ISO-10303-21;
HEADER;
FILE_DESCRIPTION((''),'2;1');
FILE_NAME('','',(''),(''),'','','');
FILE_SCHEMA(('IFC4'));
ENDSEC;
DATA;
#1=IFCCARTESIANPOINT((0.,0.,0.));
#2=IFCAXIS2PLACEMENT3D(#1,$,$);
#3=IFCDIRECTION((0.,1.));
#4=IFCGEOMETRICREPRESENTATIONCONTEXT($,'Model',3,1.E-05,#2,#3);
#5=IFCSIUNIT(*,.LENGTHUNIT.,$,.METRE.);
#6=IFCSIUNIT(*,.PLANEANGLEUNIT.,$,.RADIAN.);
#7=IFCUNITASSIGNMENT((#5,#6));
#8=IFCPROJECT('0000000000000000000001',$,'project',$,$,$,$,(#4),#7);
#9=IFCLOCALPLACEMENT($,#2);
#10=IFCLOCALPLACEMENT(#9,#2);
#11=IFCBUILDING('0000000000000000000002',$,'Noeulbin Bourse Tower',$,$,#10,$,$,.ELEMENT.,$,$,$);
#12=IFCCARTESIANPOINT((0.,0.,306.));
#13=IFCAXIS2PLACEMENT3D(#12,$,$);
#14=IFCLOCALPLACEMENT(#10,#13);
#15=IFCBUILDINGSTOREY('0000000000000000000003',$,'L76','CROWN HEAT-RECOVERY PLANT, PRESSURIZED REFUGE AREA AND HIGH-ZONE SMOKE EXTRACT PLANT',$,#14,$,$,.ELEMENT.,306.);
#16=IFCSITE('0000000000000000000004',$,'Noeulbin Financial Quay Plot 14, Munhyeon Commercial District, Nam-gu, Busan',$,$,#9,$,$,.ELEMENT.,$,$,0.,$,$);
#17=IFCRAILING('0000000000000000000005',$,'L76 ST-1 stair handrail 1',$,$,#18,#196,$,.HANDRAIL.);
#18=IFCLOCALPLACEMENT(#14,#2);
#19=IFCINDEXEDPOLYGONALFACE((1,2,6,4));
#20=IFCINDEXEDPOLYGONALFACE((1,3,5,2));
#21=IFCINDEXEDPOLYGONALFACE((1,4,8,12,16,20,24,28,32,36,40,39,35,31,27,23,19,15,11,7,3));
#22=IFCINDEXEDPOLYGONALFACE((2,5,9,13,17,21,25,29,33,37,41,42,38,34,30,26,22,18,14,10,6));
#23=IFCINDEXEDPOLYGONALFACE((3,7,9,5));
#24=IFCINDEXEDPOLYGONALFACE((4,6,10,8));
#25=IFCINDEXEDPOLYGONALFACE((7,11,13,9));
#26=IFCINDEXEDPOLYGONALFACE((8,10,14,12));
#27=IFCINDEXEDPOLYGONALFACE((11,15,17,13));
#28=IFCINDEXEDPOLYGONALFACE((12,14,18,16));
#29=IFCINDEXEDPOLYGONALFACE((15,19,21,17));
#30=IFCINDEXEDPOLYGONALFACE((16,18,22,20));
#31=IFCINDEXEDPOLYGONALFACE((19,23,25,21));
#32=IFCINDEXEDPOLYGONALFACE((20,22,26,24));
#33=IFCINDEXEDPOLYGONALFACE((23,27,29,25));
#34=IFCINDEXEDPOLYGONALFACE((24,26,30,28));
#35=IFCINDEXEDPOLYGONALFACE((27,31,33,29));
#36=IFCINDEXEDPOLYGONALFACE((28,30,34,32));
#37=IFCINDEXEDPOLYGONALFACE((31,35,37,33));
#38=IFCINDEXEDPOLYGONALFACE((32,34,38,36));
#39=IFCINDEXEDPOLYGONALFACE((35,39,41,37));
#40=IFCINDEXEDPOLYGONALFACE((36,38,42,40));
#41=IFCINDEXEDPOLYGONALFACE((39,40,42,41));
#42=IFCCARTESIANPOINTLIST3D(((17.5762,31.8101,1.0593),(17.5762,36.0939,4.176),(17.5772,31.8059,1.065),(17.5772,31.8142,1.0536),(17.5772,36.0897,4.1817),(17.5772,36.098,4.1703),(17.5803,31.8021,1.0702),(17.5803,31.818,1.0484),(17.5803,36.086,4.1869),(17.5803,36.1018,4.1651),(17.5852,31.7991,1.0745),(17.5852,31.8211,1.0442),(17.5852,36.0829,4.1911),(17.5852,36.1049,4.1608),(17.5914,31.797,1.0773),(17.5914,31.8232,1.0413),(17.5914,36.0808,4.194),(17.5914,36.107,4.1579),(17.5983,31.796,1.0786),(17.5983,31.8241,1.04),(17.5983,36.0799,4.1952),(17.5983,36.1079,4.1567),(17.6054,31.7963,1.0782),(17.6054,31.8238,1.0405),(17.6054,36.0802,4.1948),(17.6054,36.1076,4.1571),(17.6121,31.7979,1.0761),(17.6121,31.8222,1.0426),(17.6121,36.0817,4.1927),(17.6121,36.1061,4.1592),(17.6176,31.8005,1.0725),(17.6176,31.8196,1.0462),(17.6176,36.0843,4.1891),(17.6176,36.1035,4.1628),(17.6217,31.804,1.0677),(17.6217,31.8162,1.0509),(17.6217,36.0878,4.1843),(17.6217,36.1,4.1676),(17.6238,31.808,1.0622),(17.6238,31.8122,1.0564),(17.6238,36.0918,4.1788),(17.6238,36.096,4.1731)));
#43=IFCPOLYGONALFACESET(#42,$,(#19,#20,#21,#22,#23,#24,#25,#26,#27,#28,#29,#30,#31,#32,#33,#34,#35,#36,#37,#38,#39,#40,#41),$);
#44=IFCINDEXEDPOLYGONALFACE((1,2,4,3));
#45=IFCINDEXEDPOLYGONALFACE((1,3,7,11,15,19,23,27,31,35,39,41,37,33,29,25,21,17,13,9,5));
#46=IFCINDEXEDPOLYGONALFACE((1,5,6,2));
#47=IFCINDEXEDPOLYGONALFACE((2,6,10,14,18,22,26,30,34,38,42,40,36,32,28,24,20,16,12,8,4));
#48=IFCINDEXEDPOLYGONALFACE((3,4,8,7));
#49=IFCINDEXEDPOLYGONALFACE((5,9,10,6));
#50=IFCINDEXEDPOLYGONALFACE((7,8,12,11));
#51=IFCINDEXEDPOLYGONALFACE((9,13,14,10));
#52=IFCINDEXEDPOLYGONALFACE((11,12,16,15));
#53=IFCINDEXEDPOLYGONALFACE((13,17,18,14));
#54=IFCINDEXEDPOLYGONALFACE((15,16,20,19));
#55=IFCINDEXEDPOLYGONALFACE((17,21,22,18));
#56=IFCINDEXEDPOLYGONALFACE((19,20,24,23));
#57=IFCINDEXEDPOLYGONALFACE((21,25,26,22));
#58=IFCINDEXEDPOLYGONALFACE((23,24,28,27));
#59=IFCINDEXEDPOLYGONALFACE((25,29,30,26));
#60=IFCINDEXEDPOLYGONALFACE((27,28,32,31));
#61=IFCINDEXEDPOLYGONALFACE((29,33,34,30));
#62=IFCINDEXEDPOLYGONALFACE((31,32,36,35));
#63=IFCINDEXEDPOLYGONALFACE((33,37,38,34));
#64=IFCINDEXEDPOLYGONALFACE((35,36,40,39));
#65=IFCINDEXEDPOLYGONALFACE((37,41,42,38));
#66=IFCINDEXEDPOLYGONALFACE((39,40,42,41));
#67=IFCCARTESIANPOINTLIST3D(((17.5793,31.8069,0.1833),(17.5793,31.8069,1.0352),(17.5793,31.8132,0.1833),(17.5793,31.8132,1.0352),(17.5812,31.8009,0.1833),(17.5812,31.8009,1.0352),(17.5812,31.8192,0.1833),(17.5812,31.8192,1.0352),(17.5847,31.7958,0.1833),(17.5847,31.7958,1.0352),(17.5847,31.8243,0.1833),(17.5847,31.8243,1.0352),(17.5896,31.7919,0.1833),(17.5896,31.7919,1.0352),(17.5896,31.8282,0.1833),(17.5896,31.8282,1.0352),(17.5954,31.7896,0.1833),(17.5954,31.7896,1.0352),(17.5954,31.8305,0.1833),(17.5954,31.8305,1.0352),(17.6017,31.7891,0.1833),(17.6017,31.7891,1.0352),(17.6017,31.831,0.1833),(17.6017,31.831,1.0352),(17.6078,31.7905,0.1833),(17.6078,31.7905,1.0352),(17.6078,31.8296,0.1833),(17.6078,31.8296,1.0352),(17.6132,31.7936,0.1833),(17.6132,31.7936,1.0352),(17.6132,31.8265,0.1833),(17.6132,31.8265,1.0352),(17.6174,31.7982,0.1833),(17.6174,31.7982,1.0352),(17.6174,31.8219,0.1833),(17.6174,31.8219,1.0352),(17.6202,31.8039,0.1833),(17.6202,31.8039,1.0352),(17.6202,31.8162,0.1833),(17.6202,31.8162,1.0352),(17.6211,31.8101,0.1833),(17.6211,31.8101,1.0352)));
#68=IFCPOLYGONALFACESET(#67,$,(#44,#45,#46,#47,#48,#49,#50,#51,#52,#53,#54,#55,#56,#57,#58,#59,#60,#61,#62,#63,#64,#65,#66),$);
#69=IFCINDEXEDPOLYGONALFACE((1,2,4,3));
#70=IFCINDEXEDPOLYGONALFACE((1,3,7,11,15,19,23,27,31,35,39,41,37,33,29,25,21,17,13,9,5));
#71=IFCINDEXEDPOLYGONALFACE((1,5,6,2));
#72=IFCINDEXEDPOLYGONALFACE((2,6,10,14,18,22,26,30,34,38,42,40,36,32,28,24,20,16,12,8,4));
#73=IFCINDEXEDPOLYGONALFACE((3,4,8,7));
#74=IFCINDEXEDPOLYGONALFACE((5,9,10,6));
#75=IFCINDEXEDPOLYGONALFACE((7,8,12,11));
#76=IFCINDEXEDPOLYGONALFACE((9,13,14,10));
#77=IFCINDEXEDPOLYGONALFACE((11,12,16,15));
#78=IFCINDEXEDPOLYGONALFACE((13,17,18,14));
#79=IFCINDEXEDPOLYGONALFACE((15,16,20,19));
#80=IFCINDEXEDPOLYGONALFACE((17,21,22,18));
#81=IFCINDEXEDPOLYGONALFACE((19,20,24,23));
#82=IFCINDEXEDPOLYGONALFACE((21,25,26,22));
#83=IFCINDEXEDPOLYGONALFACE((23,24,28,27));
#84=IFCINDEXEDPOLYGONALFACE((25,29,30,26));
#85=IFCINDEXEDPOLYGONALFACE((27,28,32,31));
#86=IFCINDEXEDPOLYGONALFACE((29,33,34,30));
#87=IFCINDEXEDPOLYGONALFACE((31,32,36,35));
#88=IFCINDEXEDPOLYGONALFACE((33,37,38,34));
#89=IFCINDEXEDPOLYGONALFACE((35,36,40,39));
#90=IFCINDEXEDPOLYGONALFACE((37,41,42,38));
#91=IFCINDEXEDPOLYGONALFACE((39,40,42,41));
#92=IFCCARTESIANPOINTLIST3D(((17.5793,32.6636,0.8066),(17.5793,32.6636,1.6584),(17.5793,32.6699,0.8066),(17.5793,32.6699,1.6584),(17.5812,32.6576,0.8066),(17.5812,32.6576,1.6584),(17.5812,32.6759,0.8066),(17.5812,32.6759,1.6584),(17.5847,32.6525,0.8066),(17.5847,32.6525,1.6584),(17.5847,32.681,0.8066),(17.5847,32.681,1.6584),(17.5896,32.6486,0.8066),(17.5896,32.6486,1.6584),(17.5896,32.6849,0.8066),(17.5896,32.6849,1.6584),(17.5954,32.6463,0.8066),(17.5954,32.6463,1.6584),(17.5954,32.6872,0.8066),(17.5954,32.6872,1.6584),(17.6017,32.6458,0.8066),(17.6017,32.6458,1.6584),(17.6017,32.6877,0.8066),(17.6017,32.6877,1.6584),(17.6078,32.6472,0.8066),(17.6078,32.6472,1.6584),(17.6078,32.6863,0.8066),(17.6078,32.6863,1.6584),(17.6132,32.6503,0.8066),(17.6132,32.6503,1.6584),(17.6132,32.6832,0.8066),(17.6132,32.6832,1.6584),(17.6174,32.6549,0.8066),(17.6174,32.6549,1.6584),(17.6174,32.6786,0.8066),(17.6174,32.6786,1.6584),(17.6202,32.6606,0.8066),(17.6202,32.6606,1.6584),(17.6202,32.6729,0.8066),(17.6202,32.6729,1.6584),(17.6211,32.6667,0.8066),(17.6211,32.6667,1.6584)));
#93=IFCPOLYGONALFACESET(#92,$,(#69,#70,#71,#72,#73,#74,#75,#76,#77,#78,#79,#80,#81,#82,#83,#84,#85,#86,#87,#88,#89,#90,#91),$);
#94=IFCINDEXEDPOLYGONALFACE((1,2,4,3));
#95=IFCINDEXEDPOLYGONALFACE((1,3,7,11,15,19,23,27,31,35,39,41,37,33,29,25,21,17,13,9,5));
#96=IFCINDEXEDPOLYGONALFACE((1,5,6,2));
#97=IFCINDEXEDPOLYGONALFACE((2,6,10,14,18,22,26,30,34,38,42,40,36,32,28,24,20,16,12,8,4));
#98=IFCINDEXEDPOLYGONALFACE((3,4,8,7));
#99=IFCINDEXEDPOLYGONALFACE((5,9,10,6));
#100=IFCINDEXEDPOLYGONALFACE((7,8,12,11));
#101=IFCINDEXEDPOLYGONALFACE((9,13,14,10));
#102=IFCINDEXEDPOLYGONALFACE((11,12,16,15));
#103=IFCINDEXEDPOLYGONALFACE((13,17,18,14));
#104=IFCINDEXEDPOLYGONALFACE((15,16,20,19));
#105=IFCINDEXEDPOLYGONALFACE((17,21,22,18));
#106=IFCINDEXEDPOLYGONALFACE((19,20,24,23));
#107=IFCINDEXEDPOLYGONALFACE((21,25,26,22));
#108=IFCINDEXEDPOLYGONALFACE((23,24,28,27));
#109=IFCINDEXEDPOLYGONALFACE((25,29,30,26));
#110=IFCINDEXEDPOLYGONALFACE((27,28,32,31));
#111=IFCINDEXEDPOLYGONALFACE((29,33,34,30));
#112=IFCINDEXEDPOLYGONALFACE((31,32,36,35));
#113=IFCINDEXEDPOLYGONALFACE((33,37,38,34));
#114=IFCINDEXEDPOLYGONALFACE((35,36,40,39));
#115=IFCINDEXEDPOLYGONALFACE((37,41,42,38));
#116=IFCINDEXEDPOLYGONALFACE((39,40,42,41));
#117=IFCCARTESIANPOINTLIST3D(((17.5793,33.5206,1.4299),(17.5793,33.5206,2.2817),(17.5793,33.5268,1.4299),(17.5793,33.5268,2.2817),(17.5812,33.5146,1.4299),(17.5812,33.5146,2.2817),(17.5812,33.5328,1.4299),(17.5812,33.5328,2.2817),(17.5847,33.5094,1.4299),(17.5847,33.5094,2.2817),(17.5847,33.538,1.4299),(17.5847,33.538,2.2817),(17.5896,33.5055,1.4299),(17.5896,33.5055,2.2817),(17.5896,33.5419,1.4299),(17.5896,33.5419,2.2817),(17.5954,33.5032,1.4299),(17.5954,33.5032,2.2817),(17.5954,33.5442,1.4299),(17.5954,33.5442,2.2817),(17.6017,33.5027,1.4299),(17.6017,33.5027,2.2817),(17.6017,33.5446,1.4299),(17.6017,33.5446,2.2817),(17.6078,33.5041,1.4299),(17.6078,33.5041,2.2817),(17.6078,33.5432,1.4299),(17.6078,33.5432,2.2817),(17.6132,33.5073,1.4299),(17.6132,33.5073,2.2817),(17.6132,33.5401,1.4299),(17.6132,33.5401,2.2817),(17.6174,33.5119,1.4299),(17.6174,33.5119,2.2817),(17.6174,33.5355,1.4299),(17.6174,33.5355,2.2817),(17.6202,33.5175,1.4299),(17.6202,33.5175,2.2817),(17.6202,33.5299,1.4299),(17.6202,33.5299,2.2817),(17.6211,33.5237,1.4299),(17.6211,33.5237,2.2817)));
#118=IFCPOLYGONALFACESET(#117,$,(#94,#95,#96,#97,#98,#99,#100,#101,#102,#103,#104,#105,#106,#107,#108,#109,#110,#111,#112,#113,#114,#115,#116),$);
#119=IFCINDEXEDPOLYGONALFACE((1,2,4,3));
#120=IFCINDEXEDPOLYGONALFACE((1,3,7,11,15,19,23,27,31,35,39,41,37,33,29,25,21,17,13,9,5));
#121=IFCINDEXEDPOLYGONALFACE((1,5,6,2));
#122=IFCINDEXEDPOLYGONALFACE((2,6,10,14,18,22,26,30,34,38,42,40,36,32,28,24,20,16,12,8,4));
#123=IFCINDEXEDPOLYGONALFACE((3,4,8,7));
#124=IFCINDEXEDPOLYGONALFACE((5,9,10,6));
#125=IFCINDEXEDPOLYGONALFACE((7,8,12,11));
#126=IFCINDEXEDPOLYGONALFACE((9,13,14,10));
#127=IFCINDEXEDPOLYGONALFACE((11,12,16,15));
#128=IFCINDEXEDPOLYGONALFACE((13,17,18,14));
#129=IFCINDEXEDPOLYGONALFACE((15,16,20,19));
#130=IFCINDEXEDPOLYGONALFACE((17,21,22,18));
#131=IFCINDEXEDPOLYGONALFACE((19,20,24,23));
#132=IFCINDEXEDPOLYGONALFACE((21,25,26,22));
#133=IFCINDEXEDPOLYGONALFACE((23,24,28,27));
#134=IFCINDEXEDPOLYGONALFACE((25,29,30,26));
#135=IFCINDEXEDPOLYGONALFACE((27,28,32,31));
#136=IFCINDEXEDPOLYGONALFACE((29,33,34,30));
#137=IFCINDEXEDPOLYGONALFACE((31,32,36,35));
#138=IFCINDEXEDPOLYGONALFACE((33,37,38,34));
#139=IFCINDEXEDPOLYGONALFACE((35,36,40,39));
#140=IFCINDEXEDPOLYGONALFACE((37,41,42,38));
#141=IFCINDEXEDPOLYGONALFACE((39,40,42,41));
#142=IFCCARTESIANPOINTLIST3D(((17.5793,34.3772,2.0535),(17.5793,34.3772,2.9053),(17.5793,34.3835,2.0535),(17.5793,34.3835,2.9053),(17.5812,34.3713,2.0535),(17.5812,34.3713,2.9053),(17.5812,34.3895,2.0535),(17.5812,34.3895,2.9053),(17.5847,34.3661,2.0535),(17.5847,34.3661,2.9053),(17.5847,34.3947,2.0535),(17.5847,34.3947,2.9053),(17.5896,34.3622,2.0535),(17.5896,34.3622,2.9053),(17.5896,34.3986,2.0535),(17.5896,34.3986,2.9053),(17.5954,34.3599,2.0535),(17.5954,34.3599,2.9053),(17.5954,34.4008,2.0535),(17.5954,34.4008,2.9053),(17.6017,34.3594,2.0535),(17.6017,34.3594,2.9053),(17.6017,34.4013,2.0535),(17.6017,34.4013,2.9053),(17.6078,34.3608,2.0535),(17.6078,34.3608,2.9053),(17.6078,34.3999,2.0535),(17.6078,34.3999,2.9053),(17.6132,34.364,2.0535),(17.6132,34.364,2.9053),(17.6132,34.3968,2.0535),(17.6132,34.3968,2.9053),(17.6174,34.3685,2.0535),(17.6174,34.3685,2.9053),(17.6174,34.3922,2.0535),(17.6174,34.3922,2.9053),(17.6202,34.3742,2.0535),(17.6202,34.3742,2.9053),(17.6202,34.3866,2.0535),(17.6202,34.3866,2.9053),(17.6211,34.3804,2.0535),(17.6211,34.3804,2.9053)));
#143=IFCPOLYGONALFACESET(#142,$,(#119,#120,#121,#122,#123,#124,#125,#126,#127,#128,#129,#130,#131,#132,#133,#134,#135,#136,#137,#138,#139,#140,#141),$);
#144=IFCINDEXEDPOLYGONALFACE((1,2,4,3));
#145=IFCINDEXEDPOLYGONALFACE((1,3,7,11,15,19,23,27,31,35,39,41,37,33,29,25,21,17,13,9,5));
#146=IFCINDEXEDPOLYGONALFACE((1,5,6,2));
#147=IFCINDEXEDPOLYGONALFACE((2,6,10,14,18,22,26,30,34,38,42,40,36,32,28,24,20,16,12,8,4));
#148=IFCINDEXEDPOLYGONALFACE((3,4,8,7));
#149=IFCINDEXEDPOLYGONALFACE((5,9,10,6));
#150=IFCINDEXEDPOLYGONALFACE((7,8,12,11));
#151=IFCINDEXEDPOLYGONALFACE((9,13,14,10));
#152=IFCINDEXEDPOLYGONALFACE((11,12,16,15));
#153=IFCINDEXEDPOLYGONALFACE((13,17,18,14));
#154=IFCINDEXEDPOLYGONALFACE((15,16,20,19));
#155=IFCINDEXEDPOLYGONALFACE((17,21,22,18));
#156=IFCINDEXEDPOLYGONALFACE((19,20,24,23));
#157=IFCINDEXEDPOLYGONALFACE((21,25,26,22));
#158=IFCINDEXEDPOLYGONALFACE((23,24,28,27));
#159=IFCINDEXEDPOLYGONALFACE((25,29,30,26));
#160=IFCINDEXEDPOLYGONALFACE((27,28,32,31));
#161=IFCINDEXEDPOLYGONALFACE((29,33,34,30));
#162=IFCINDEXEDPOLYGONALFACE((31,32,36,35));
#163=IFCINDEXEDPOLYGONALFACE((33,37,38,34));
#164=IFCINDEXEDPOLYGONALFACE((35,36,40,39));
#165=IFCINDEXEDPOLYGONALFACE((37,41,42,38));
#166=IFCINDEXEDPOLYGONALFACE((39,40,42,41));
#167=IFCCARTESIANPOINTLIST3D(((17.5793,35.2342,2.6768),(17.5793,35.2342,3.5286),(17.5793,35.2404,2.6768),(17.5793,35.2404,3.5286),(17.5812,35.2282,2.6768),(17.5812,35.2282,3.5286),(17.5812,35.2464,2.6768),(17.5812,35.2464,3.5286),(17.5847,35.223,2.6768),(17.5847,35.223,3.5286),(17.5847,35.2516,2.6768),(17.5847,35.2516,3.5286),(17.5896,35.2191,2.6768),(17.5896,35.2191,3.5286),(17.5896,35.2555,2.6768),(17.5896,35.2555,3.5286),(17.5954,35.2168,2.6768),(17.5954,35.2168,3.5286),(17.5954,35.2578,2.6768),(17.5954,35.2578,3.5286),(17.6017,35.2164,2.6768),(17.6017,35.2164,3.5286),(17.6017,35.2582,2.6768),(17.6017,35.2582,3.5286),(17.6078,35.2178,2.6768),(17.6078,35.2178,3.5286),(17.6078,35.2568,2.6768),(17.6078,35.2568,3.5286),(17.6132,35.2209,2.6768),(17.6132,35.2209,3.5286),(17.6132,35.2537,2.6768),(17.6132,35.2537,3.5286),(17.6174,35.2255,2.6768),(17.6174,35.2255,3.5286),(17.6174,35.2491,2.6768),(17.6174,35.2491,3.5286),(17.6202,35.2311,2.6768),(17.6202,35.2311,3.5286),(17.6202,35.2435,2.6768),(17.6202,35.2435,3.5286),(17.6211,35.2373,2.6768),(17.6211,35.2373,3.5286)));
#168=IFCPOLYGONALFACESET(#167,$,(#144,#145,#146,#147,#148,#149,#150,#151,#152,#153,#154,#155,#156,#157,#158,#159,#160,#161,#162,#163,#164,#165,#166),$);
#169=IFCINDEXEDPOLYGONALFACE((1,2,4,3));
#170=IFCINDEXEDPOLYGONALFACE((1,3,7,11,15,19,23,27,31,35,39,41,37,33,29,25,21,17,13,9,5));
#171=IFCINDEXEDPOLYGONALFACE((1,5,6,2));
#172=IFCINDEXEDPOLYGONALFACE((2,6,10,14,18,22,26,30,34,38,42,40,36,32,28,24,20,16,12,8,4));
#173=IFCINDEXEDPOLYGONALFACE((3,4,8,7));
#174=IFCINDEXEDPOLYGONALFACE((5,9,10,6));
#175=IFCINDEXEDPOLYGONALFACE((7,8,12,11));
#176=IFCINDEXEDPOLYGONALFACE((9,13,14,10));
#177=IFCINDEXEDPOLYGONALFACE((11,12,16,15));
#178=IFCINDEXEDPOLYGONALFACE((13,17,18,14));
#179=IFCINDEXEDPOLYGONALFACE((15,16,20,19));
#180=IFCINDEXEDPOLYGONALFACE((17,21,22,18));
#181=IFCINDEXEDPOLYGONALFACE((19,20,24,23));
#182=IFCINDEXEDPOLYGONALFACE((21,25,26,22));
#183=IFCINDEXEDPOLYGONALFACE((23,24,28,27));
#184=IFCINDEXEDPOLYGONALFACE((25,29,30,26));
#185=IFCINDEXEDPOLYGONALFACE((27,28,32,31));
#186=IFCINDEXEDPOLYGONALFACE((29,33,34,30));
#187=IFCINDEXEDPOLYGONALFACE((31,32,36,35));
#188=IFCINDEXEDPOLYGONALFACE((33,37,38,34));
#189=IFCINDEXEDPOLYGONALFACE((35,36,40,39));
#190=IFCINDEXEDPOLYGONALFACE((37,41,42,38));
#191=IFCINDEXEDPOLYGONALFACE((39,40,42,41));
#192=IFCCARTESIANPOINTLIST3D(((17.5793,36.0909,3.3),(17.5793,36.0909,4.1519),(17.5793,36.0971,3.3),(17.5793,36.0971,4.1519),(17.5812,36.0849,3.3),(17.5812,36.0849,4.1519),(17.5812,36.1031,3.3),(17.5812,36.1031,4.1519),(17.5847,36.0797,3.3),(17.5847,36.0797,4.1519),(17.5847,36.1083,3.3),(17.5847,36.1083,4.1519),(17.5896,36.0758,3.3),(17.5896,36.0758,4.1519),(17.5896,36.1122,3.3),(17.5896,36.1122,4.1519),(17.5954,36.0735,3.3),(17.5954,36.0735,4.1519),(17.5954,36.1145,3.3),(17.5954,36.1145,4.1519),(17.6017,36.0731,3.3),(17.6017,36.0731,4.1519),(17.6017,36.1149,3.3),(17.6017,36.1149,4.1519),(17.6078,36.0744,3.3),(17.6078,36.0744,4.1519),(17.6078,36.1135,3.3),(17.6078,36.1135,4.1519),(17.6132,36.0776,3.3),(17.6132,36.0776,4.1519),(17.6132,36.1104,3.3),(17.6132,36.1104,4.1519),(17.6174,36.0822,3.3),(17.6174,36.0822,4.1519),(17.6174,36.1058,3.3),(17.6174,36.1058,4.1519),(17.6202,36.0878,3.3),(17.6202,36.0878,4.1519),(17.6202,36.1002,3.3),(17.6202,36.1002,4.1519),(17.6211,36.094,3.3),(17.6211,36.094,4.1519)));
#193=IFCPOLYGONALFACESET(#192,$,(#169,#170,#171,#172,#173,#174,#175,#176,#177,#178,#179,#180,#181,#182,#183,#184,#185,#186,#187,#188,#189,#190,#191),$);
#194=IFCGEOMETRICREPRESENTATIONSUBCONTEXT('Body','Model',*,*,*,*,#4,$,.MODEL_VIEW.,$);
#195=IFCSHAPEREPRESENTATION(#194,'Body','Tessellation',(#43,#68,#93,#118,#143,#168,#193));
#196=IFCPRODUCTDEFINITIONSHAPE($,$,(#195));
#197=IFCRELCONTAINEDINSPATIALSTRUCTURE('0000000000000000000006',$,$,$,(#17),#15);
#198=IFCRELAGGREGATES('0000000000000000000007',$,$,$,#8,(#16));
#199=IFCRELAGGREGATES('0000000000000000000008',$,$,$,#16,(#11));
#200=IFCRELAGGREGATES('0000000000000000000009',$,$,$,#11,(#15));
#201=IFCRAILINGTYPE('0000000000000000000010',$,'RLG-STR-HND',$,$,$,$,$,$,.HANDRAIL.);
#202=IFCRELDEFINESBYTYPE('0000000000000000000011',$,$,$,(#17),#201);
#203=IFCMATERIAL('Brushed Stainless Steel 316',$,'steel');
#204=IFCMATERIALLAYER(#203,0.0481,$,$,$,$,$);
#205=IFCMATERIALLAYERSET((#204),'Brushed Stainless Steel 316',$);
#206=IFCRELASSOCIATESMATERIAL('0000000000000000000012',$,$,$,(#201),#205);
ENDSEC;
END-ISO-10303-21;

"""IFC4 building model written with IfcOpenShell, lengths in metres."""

from ifc_helpers import new_model, si_unit, direction, frame, origin, origin_2d, place, context, subcontext, project, spatial, circle, extrude, material, layer, layer_set, type_object, element, save


model = new_model("IFC4")

# Units and contexts
model_context = context("Model", 3, precision=1e-05, world=origin(), true_north=direction((0.0, 1.0)))
body_context = subcontext(model_context, "Body", "Model", "MODEL_VIEW")
ifc_project = project(units=[si_unit("LENGTHUNIT", "METRE"), si_unit("PLANEANGLEUNIT", "RADIAN")], contexts=[model_context])

# Site, building, storey
site_placement = place(None, origin())
site = spatial("IfcSite", under=ifc_project, at=site_placement, Name="Noeulbin Financial Quay Plot 14, Munhyeon Commercial District, Nam-gu, Busan", CompositionType="ELEMENT", RefElevation=0.0)
building_placement = place(site_placement, origin())
building = spatial("IfcBuilding", under=site, at=building_placement, Name="Noeulbin Bourse Tower", CompositionType="ELEMENT")
storey_placement = place(building_placement, frame((0.0, 0.0, 306.0)))
storey = spatial("IfcBuildingStorey", under=building, at=storey_placement, Name="L76", Description="CROWN HEAT-RECOVERY PLANT, PRESSURIZED REFUGE AREA AND HIGH-ZONE SMOKE EXTRACT PLANT", CompositionType="ELEMENT", Elevation=306.0)

# Shared definitions
ifc_material_1 = material(Name="Brushed Stainless Steel 316", Category="steel")

# Railing
ifc_layer_1 = layer(ifc_material_1, 0.0481)
ifc_layer_set_1 = layer_set([ifc_layer_1], Name="Brushed Stainless Steel 316")
railing_type_1 = type_object("IfcRailingType", Name="RLG-STR-HND", PredefinedType="HANDRAIL", material=ifc_layer_set_1)
railing_1_placement = place(storey_placement, frame((17.6001, 31.8101, 0.1833)))
element("IfcRailing", 1, at=railing_1_placement, inside=storey, type_object=railing_type_1, Name="L76 ST-1 stair handrail 1", PredefinedType="HANDRAIL", context=body_context, shape_type="SweptSolid", body=[
    extrude(circle(Radius=0.0239, at=origin_2d()), frame((0.0, 0.0, 0.876), z_axis=(0.0, 0.808636, 0.588309), x_axis=(-1.0, 0.0, 0.0)), (0.0, 0.0, 1.0), 5.2976),
    extrude(circle(Radius=0.021, at=origin_2d()), origin(), (0.0, 0.0, 1.0), 0.8518),
    extrude(circle(Radius=0.021, at=origin_2d()), frame((0.0, 0.8567, 0.6233)), (0.0, 0.0, 1.0), 0.8518),
    extrude(circle(Radius=0.021, at=origin_2d()), frame((0.0, 1.7136, 1.2466)), (0.0, 0.0, 1.0), 0.8518),
    extrude(circle(Radius=0.021, at=origin_2d()), frame((0.0, 2.5703, 1.8701)), (0.0, 0.0, 1.0), 0.8518),
    extrude(circle(Radius=0.021, at=origin_2d()), frame((0.0, 3.4272, 2.4934)), (0.0, 0.0, 1.0), 0.8518),
    extrude(circle(Radius=0.021, at=origin_2d()), frame((0.0, 4.2839, 3.1167)), (0.0, 0.0, 1.0), 0.8518),
])

save(model, "model.ifc")
